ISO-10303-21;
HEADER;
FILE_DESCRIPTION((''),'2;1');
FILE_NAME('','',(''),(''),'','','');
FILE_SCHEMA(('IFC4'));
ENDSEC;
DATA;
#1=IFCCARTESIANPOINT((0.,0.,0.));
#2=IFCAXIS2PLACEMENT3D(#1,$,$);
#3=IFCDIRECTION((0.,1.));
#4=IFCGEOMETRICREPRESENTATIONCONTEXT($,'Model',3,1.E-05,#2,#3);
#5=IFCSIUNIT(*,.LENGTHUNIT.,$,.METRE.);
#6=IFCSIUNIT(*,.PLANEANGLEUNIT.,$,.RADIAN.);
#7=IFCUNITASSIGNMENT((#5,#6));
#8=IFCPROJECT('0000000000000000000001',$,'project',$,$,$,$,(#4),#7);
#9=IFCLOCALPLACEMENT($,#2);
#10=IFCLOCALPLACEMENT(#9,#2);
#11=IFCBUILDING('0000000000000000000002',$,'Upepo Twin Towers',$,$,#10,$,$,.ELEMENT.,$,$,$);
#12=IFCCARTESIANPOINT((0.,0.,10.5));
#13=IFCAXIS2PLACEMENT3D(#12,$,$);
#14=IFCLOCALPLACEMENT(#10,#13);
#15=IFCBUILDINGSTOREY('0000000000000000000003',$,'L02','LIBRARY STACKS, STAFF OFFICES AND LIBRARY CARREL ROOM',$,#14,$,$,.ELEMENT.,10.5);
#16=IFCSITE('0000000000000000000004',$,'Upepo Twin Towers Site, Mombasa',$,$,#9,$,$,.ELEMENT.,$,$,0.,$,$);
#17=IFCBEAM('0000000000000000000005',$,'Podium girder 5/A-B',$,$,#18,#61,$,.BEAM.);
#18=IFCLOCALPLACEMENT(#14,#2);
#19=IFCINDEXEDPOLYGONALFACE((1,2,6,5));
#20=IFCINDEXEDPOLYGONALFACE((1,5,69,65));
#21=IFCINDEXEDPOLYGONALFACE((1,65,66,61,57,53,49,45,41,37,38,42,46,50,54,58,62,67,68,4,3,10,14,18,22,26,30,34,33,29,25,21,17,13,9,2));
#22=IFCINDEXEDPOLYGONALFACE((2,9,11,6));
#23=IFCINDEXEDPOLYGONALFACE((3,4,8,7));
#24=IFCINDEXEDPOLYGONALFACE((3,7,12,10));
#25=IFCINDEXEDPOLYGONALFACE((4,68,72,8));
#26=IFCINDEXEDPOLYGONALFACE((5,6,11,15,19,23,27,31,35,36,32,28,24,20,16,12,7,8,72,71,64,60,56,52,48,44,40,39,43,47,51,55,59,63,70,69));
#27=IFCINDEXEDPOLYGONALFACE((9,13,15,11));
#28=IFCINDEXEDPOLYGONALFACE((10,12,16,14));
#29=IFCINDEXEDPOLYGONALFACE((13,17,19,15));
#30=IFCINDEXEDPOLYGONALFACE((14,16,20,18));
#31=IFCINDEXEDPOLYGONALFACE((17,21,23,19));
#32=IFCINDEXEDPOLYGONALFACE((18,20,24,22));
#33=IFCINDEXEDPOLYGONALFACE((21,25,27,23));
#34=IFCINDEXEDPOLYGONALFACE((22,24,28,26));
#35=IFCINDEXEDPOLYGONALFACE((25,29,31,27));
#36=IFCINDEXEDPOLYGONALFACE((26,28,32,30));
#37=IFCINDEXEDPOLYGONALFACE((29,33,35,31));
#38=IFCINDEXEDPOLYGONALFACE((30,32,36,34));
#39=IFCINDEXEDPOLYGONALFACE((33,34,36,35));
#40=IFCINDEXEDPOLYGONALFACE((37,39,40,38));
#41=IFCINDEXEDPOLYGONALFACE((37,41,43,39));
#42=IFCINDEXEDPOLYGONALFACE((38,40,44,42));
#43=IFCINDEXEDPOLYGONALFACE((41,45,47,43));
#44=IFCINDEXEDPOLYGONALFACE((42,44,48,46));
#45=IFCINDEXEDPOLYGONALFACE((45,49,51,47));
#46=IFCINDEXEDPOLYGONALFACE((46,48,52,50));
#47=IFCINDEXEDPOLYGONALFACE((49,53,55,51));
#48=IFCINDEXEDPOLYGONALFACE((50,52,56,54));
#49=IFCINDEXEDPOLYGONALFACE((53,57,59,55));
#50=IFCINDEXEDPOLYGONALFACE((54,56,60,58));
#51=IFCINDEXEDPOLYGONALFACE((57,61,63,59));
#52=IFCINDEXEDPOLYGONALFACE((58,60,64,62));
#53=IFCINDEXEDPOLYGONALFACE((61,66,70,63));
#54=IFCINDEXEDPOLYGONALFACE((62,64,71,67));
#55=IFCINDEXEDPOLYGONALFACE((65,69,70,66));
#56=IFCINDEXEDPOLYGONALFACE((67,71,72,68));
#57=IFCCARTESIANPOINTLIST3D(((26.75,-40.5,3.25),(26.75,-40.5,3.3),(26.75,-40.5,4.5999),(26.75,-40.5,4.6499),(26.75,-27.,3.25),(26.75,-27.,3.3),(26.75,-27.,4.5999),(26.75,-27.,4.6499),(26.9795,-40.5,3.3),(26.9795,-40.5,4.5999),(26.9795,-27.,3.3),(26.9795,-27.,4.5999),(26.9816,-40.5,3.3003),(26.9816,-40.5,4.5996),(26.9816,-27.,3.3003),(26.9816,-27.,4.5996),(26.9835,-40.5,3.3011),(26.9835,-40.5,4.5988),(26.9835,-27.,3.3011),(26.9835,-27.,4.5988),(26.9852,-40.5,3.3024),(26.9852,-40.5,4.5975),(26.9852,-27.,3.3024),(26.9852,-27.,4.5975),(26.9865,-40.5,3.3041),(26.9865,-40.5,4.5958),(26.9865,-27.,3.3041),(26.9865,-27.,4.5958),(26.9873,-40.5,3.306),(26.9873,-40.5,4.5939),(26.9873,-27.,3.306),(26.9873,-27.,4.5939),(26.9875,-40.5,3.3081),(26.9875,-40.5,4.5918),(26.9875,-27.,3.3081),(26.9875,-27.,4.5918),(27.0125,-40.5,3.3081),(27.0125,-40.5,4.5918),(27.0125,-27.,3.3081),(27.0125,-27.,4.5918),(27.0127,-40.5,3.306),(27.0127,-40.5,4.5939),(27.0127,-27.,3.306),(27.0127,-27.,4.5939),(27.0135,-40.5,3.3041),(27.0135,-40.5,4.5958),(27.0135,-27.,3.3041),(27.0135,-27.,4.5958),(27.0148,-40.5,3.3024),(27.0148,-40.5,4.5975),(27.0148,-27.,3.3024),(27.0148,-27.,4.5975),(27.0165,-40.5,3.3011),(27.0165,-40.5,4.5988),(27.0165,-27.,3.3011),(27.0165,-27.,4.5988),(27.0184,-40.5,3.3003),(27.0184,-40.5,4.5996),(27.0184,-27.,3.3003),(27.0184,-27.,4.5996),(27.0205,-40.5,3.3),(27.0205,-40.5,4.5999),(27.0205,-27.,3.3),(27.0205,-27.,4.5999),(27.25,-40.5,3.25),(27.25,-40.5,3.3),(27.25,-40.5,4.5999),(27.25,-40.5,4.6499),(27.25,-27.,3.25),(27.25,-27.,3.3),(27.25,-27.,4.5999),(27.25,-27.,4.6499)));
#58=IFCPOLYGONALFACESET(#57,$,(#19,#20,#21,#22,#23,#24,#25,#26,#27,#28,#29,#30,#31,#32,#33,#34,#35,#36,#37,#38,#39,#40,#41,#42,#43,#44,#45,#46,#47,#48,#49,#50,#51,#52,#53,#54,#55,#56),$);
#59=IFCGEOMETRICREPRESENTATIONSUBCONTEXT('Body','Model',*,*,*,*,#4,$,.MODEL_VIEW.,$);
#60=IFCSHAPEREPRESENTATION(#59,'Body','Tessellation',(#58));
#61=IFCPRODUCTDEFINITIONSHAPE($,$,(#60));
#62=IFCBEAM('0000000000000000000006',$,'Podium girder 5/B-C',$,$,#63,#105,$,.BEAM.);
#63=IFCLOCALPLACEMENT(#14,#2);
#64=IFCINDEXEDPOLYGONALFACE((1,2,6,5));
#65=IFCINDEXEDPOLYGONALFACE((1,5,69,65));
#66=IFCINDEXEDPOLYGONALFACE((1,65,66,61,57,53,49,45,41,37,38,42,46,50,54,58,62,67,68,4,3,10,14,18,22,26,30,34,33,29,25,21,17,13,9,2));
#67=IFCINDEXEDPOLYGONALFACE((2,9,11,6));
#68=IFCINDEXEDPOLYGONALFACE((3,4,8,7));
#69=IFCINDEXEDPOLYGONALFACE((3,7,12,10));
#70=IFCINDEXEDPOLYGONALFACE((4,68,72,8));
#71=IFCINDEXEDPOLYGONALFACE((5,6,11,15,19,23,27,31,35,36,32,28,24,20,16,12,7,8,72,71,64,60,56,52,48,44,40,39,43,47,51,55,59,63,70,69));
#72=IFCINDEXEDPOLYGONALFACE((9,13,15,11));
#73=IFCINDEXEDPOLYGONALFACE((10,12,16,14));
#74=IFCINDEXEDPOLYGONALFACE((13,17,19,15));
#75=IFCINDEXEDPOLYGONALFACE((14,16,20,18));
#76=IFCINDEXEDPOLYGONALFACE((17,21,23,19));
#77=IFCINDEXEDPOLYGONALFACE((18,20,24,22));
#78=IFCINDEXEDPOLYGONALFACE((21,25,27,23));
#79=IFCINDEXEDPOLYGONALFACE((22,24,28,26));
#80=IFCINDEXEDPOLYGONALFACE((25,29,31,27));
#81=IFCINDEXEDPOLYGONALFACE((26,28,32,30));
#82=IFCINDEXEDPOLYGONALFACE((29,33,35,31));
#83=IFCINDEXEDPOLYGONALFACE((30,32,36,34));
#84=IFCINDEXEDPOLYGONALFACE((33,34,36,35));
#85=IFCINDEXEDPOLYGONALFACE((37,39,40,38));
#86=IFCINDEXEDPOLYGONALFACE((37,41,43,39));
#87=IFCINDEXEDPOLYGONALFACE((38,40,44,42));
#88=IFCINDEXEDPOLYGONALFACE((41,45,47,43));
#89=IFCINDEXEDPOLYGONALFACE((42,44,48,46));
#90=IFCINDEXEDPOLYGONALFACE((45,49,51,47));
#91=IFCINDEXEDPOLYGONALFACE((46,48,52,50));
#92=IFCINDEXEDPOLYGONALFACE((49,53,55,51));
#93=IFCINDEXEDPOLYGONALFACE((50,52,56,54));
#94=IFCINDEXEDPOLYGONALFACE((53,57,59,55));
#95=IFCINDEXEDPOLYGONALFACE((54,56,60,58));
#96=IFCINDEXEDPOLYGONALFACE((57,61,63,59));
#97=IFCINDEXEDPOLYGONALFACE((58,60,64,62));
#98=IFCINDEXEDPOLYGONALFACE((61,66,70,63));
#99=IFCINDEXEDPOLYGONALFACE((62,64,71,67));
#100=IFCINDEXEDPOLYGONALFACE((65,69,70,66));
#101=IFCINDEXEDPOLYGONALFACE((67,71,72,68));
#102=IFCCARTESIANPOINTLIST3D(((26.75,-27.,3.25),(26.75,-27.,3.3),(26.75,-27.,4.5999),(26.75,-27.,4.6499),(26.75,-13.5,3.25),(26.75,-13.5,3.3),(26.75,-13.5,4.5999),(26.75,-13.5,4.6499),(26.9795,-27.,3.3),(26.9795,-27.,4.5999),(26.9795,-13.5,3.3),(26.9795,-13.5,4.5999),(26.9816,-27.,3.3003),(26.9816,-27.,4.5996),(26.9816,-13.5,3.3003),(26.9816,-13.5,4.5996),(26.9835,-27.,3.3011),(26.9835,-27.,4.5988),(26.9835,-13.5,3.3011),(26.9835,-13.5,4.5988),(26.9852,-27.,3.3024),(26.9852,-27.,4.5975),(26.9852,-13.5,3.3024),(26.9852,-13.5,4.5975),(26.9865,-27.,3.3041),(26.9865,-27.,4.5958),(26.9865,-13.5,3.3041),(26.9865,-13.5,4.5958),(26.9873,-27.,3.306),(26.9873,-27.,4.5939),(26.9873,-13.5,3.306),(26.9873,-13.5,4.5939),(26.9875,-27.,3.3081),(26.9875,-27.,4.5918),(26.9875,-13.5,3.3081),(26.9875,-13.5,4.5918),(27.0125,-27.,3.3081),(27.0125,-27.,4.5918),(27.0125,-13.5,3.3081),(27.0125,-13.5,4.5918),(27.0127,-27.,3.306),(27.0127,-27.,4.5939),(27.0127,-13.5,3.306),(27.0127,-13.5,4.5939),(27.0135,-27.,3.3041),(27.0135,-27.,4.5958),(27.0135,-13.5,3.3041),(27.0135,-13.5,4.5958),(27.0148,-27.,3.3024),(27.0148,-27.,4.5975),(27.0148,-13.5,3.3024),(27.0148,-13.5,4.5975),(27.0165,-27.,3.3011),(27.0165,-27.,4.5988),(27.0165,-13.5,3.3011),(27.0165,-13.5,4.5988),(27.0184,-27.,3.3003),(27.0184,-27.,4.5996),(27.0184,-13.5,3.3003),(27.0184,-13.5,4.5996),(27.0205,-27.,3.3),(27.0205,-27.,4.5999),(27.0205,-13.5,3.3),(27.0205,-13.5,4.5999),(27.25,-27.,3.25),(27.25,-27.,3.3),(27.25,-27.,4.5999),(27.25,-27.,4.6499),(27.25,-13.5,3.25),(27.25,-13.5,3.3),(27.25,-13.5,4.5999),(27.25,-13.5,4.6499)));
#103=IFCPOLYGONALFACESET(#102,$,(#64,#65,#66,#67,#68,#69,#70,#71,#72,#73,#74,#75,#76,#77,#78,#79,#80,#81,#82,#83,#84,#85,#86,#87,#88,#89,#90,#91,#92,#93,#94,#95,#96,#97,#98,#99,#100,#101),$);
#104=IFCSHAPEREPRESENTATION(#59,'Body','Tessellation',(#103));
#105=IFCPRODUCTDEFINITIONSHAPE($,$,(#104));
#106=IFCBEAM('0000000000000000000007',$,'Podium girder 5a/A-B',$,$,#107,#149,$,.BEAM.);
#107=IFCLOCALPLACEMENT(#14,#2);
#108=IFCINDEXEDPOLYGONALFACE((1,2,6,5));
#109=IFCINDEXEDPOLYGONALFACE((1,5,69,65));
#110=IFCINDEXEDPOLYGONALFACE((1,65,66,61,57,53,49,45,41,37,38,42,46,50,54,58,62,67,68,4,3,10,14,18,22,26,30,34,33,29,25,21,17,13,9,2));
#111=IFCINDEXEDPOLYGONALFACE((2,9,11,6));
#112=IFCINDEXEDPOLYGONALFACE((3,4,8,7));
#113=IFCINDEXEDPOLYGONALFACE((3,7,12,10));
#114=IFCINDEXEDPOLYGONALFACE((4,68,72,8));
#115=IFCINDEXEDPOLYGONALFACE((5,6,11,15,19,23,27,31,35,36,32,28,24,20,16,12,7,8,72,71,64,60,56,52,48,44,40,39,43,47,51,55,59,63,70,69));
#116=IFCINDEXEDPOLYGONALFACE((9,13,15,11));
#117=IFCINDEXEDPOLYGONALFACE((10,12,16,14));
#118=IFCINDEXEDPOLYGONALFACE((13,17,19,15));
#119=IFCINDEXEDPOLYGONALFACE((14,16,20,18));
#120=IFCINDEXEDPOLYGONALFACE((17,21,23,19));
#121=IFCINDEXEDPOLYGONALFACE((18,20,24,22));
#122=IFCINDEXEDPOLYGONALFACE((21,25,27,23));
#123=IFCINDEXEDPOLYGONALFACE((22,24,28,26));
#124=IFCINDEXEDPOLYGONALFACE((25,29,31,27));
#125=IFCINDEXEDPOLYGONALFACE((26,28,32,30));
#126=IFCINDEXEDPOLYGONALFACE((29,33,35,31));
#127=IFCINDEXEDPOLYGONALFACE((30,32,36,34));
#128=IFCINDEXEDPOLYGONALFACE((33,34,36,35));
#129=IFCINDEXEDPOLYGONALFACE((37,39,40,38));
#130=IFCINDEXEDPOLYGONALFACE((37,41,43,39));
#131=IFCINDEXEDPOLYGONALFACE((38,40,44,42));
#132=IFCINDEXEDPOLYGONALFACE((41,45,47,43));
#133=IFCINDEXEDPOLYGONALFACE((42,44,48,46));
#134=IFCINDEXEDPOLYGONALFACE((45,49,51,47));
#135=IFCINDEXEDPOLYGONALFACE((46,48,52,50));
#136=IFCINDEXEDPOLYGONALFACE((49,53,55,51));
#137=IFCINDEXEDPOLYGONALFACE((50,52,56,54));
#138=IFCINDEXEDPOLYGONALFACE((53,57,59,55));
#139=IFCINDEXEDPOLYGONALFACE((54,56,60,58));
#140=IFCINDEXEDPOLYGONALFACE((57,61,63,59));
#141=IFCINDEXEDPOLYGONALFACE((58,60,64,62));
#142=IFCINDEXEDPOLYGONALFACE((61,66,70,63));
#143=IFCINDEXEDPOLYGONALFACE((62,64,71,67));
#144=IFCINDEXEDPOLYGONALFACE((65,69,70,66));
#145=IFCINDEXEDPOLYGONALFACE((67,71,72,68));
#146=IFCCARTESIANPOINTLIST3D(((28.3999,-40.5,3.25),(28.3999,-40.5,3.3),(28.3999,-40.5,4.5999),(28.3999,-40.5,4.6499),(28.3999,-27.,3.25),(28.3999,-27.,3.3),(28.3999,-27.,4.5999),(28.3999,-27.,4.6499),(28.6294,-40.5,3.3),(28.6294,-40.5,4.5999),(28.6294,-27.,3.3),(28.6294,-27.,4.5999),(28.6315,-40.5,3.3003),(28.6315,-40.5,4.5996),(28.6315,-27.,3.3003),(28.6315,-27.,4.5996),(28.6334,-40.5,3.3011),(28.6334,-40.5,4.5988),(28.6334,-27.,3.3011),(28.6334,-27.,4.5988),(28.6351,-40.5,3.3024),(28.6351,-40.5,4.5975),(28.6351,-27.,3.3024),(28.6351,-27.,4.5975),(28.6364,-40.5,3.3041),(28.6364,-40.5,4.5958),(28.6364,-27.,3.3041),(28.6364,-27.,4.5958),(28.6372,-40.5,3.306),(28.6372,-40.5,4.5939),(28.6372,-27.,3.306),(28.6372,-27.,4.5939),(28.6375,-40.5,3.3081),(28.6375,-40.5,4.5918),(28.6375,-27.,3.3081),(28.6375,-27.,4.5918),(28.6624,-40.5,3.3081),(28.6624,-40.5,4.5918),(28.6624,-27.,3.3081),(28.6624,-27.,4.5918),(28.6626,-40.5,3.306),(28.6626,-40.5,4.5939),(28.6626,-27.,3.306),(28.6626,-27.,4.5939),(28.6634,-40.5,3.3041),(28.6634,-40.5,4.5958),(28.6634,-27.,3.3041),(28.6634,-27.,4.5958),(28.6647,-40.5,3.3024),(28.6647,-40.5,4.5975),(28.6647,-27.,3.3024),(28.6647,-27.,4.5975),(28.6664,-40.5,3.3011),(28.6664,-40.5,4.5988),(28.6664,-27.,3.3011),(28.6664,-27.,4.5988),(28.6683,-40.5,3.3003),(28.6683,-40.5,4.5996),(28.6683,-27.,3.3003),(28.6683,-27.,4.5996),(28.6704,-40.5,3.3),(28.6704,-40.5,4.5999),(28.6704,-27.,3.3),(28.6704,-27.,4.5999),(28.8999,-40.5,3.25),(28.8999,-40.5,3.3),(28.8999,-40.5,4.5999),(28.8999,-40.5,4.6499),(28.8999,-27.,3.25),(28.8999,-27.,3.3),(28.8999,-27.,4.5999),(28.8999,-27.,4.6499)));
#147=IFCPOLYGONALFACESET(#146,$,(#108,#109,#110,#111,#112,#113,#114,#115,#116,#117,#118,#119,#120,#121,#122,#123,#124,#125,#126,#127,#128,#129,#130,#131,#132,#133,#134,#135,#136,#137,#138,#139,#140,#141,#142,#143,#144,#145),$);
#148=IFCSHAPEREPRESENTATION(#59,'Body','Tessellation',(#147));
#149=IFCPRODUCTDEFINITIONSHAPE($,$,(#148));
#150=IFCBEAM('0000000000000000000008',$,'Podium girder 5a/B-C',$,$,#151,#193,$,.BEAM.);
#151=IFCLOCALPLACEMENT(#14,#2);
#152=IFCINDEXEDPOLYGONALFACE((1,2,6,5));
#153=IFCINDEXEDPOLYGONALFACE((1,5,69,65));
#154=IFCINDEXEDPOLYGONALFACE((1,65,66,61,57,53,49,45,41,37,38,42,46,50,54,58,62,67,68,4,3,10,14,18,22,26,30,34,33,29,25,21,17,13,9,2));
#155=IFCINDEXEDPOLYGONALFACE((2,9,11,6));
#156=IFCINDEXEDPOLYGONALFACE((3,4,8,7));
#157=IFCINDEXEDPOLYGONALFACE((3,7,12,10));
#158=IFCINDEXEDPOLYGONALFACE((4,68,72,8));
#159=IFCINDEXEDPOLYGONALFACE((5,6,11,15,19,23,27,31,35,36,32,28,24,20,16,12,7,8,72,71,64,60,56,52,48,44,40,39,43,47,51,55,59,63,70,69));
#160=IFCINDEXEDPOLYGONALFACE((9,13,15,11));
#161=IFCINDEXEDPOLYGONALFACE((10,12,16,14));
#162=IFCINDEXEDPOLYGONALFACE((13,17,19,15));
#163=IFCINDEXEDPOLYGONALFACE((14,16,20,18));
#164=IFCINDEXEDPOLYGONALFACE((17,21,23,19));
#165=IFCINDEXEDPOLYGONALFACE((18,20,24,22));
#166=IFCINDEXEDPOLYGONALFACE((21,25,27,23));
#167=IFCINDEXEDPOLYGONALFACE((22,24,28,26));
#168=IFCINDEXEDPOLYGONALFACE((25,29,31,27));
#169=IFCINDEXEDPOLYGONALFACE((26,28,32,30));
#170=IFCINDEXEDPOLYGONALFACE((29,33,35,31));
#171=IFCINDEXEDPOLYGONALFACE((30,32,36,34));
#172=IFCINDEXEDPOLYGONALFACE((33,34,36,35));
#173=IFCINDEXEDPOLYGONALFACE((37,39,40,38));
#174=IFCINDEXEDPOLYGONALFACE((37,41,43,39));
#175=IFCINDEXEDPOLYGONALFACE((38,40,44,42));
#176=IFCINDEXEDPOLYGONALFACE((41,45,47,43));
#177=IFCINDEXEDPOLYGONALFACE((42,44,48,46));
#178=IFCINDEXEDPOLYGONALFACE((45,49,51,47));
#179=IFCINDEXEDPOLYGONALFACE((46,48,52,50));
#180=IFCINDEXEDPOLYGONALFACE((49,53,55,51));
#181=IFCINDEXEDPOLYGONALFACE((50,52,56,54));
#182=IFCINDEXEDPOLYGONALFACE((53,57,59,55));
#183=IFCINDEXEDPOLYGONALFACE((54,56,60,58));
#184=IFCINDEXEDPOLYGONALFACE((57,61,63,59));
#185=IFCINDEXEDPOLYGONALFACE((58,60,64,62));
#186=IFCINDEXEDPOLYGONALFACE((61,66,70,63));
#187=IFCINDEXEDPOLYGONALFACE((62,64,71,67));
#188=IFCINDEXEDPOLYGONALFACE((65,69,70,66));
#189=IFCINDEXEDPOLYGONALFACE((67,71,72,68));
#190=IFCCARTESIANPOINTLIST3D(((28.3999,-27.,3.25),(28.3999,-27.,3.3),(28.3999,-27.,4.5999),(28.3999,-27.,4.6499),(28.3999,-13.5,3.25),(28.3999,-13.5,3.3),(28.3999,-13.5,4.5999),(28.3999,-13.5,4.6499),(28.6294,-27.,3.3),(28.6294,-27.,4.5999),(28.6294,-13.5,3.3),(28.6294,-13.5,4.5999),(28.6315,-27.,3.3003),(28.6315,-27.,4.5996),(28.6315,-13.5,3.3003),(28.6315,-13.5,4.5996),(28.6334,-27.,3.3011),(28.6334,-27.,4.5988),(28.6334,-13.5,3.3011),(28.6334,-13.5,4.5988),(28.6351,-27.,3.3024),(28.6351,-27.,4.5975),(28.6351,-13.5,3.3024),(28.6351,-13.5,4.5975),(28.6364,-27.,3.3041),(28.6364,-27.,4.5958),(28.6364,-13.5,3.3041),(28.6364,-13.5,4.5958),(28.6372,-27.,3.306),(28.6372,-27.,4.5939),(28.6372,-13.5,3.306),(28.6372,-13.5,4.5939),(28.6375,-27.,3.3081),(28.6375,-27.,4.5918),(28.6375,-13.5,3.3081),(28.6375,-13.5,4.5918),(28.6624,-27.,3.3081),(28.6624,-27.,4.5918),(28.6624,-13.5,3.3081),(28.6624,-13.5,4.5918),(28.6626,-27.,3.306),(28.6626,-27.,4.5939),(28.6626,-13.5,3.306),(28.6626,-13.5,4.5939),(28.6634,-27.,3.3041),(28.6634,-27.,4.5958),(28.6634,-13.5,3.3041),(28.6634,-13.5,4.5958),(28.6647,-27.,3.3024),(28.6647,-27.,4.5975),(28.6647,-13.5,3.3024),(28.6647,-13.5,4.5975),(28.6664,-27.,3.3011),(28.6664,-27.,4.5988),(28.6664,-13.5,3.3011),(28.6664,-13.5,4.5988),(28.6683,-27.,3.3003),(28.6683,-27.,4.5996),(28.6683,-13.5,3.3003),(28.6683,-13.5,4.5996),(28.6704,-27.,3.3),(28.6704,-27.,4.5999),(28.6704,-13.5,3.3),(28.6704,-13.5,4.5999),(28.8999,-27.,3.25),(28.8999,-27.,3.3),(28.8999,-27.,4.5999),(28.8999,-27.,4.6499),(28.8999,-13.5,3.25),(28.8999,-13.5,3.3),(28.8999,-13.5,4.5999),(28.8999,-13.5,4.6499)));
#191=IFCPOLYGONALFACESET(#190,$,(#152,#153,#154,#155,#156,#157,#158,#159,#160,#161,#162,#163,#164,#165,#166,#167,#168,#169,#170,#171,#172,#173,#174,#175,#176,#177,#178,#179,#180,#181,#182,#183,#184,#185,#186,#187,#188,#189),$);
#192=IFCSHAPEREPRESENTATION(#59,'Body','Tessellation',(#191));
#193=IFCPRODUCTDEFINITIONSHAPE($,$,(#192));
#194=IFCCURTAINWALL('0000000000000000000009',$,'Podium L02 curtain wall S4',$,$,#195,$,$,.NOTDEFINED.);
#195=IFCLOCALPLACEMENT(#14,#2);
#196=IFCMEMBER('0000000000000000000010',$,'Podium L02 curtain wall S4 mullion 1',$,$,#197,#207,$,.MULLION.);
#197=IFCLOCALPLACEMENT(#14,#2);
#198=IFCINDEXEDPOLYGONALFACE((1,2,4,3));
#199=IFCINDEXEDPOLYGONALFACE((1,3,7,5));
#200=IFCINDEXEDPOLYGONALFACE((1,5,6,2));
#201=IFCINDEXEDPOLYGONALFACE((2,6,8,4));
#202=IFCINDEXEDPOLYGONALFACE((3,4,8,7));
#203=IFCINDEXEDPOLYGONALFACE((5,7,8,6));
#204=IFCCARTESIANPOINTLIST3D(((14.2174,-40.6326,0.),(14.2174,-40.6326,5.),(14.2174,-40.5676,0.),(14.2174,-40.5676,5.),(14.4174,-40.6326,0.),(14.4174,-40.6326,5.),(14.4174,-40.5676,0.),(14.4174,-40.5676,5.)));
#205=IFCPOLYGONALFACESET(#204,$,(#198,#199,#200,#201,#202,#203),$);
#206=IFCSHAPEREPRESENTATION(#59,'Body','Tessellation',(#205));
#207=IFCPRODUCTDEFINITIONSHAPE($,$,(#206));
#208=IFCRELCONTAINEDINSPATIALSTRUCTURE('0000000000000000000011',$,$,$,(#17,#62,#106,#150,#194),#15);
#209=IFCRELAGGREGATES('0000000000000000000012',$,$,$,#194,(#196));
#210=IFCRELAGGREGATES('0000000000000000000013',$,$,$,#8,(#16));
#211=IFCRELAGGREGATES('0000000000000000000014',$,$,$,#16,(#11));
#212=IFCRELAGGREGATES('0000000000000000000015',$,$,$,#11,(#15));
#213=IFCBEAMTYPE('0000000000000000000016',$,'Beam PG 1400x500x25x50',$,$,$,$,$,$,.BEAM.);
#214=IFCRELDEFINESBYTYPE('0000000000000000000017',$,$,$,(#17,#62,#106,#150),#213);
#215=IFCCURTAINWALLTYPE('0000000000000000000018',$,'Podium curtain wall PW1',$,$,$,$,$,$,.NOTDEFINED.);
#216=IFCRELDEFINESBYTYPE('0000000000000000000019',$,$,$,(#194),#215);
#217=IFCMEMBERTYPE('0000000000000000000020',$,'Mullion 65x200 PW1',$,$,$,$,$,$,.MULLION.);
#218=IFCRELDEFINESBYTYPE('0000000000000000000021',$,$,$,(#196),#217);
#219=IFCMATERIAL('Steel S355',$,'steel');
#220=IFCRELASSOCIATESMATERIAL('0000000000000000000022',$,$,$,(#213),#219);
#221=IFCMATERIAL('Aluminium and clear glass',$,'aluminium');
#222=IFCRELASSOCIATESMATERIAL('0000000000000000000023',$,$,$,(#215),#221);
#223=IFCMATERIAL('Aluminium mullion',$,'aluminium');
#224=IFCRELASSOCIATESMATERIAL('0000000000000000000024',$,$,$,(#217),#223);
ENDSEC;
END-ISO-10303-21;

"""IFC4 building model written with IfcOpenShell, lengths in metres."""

from ifc_helpers import new_model, si_unit, direction, frame, origin, origin_2d, place, context, subcontext, project, spatial, rectangle, i_section, extrude, material, material_profile, profile_set, type_object, element, aggregate, save


model = new_model("IFC4")

# Units and contexts
model_context = context("Model", 3, precision=1e-05, world=origin(), true_north=direction((0.0, 1.0)))
body_context = subcontext(model_context, "Body", "Model", "MODEL_VIEW")
ifc_project = project(units=[si_unit("LENGTHUNIT", "METRE"), si_unit("PLANEANGLEUNIT", "RADIAN")], contexts=[model_context])

# Site, building, storey
site_placement = place(None, origin())
site = spatial("IfcSite", under=ifc_project, at=site_placement, Name="Upepo Twin Towers Site, Mombasa", CompositionType="ELEMENT", RefElevation=0.0)
building_placement = place(site_placement, origin())
building = spatial("IfcBuilding", under=site, at=building_placement, Name="Upepo Twin Towers", CompositionType="ELEMENT")
storey_placement = place(building_placement, frame((0.0, 0.0, 10.5)))
storey = spatial("IfcBuildingStorey", under=building, at=storey_placement, Name="L02", Description="LIBRARY STACKS, STAFF OFFICES AND LIBRARY CARREL ROOM", CompositionType="ELEMENT", Elevation=10.5)

# Beams
ifc_material_1 = material(Name="Steel S355", Category="steel")
ifc_material_profile_1 = material_profile(ifc_material_1, i_section(OverallWidth=0.5, OverallDepth=1.3999, WebThickness=0.0249, FlangeThickness=0.05, FilletRadius=0.0081, at=origin_2d()), Name="PG 1400x500x25x50")
ifc_profile_set_1 = profile_set([ifc_material_profile_1], Name="Steel S355")
beam_type_1 = type_object("IfcBeamType", Name="Beam PG 1400x500x25x50", PredefinedType="BEAM", material=ifc_profile_set_1)
for number, where, z_axis, x_axis, name in (
    (1, (27.0, -40.5, 3.95), (0.0, 1.0, 0.0), (-1.0, 0.0, 0.0), "Podium girder 5/A-B"),
    (2, (27.0, -27.0, 3.95), (0.0, 1.0, 0.0), (-1.0, 0.0, 0.0), "Podium girder 5/B-C"),
    (3, (28.6499, -40.5, 3.95), (0.0, 1.0, 0.0), (-1.0, 0.0, 0.0), "Podium girder 5a/A-B"),
    (4, (28.6499, -27.0, 3.95), (0.0, 1.0, 0.0), (-1.0, 0.0, 0.0), "Podium girder 5a/B-C"),
):
    element("IfcBeam", number, at=place(storey_placement, frame(where, z_axis=z_axis, x_axis=x_axis)), inside=storey, type_object=beam_type_1, Name=name, PredefinedType="BEAM", context=body_context, shape_type="SweptSolid", body=[
        extrude(i_section(OverallWidth=0.5, OverallDepth=1.3999, WebThickness=0.0249, FlangeThickness=0.05, FilletRadius=0.0081, at=origin_2d()), origin(), (0.0, 0.0, 1.0), 13.5),
    ])

# Curtain wall, member
ifc_material_2 = material(Name="Aluminium and clear glass", Category="aluminium")
curtain_wall_type = type_object("IfcCurtainWallType", Name="Podium curtain wall PW1", PredefinedType="NOTDEFINED", material=ifc_material_2)
curtain_wall_placement = place(storey_placement, origin())
curtain_wall = element("IfcCurtainWall", 5, at=curtain_wall_placement, inside=storey, type_object=curtain_wall_type, Name="Podium L02 curtain wall S4", PredefinedType="NOTDEFINED")
ifc_material_3 = material(Name="Aluminium mullion", Category="aluminium")
ifc_material_profile_2 = material_profile(ifc_material_3, rectangle(XDim=0.0649, YDim=0.2, at=origin_2d()), Name="MULLION 65x200 PODIUM")
ifc_profile_set_2 = profile_set([ifc_material_profile_2], Name="Aluminium mullion")
member_type_1 = type_object("IfcMemberType", Name="Mullion 65x200 PW1", PredefinedType="MULLION", material=ifc_profile_set_2)
member_1_placement = place(storey_placement, frame((14.3174, -40.6001, 0.0), z_axis=(0.0, 0.0, 1.0), x_axis=(0.0, 1.0, 0.0)))
member_1 = element("IfcMember", 6, at=member_1_placement, type_object=member_type_1, Name="Podium L02 curtain wall S4 mullion 1", PredefinedType="MULLION", context=body_context, shape_type="SweptSolid", body=[
    extrude(rectangle(XDim=0.0649, YDim=0.2, at=origin_2d()), origin(), (0.0, 0.0, 1.0), 5.0),
])

aggregate(curtain_wall, [member_1])

save(model, "model.ifc")
